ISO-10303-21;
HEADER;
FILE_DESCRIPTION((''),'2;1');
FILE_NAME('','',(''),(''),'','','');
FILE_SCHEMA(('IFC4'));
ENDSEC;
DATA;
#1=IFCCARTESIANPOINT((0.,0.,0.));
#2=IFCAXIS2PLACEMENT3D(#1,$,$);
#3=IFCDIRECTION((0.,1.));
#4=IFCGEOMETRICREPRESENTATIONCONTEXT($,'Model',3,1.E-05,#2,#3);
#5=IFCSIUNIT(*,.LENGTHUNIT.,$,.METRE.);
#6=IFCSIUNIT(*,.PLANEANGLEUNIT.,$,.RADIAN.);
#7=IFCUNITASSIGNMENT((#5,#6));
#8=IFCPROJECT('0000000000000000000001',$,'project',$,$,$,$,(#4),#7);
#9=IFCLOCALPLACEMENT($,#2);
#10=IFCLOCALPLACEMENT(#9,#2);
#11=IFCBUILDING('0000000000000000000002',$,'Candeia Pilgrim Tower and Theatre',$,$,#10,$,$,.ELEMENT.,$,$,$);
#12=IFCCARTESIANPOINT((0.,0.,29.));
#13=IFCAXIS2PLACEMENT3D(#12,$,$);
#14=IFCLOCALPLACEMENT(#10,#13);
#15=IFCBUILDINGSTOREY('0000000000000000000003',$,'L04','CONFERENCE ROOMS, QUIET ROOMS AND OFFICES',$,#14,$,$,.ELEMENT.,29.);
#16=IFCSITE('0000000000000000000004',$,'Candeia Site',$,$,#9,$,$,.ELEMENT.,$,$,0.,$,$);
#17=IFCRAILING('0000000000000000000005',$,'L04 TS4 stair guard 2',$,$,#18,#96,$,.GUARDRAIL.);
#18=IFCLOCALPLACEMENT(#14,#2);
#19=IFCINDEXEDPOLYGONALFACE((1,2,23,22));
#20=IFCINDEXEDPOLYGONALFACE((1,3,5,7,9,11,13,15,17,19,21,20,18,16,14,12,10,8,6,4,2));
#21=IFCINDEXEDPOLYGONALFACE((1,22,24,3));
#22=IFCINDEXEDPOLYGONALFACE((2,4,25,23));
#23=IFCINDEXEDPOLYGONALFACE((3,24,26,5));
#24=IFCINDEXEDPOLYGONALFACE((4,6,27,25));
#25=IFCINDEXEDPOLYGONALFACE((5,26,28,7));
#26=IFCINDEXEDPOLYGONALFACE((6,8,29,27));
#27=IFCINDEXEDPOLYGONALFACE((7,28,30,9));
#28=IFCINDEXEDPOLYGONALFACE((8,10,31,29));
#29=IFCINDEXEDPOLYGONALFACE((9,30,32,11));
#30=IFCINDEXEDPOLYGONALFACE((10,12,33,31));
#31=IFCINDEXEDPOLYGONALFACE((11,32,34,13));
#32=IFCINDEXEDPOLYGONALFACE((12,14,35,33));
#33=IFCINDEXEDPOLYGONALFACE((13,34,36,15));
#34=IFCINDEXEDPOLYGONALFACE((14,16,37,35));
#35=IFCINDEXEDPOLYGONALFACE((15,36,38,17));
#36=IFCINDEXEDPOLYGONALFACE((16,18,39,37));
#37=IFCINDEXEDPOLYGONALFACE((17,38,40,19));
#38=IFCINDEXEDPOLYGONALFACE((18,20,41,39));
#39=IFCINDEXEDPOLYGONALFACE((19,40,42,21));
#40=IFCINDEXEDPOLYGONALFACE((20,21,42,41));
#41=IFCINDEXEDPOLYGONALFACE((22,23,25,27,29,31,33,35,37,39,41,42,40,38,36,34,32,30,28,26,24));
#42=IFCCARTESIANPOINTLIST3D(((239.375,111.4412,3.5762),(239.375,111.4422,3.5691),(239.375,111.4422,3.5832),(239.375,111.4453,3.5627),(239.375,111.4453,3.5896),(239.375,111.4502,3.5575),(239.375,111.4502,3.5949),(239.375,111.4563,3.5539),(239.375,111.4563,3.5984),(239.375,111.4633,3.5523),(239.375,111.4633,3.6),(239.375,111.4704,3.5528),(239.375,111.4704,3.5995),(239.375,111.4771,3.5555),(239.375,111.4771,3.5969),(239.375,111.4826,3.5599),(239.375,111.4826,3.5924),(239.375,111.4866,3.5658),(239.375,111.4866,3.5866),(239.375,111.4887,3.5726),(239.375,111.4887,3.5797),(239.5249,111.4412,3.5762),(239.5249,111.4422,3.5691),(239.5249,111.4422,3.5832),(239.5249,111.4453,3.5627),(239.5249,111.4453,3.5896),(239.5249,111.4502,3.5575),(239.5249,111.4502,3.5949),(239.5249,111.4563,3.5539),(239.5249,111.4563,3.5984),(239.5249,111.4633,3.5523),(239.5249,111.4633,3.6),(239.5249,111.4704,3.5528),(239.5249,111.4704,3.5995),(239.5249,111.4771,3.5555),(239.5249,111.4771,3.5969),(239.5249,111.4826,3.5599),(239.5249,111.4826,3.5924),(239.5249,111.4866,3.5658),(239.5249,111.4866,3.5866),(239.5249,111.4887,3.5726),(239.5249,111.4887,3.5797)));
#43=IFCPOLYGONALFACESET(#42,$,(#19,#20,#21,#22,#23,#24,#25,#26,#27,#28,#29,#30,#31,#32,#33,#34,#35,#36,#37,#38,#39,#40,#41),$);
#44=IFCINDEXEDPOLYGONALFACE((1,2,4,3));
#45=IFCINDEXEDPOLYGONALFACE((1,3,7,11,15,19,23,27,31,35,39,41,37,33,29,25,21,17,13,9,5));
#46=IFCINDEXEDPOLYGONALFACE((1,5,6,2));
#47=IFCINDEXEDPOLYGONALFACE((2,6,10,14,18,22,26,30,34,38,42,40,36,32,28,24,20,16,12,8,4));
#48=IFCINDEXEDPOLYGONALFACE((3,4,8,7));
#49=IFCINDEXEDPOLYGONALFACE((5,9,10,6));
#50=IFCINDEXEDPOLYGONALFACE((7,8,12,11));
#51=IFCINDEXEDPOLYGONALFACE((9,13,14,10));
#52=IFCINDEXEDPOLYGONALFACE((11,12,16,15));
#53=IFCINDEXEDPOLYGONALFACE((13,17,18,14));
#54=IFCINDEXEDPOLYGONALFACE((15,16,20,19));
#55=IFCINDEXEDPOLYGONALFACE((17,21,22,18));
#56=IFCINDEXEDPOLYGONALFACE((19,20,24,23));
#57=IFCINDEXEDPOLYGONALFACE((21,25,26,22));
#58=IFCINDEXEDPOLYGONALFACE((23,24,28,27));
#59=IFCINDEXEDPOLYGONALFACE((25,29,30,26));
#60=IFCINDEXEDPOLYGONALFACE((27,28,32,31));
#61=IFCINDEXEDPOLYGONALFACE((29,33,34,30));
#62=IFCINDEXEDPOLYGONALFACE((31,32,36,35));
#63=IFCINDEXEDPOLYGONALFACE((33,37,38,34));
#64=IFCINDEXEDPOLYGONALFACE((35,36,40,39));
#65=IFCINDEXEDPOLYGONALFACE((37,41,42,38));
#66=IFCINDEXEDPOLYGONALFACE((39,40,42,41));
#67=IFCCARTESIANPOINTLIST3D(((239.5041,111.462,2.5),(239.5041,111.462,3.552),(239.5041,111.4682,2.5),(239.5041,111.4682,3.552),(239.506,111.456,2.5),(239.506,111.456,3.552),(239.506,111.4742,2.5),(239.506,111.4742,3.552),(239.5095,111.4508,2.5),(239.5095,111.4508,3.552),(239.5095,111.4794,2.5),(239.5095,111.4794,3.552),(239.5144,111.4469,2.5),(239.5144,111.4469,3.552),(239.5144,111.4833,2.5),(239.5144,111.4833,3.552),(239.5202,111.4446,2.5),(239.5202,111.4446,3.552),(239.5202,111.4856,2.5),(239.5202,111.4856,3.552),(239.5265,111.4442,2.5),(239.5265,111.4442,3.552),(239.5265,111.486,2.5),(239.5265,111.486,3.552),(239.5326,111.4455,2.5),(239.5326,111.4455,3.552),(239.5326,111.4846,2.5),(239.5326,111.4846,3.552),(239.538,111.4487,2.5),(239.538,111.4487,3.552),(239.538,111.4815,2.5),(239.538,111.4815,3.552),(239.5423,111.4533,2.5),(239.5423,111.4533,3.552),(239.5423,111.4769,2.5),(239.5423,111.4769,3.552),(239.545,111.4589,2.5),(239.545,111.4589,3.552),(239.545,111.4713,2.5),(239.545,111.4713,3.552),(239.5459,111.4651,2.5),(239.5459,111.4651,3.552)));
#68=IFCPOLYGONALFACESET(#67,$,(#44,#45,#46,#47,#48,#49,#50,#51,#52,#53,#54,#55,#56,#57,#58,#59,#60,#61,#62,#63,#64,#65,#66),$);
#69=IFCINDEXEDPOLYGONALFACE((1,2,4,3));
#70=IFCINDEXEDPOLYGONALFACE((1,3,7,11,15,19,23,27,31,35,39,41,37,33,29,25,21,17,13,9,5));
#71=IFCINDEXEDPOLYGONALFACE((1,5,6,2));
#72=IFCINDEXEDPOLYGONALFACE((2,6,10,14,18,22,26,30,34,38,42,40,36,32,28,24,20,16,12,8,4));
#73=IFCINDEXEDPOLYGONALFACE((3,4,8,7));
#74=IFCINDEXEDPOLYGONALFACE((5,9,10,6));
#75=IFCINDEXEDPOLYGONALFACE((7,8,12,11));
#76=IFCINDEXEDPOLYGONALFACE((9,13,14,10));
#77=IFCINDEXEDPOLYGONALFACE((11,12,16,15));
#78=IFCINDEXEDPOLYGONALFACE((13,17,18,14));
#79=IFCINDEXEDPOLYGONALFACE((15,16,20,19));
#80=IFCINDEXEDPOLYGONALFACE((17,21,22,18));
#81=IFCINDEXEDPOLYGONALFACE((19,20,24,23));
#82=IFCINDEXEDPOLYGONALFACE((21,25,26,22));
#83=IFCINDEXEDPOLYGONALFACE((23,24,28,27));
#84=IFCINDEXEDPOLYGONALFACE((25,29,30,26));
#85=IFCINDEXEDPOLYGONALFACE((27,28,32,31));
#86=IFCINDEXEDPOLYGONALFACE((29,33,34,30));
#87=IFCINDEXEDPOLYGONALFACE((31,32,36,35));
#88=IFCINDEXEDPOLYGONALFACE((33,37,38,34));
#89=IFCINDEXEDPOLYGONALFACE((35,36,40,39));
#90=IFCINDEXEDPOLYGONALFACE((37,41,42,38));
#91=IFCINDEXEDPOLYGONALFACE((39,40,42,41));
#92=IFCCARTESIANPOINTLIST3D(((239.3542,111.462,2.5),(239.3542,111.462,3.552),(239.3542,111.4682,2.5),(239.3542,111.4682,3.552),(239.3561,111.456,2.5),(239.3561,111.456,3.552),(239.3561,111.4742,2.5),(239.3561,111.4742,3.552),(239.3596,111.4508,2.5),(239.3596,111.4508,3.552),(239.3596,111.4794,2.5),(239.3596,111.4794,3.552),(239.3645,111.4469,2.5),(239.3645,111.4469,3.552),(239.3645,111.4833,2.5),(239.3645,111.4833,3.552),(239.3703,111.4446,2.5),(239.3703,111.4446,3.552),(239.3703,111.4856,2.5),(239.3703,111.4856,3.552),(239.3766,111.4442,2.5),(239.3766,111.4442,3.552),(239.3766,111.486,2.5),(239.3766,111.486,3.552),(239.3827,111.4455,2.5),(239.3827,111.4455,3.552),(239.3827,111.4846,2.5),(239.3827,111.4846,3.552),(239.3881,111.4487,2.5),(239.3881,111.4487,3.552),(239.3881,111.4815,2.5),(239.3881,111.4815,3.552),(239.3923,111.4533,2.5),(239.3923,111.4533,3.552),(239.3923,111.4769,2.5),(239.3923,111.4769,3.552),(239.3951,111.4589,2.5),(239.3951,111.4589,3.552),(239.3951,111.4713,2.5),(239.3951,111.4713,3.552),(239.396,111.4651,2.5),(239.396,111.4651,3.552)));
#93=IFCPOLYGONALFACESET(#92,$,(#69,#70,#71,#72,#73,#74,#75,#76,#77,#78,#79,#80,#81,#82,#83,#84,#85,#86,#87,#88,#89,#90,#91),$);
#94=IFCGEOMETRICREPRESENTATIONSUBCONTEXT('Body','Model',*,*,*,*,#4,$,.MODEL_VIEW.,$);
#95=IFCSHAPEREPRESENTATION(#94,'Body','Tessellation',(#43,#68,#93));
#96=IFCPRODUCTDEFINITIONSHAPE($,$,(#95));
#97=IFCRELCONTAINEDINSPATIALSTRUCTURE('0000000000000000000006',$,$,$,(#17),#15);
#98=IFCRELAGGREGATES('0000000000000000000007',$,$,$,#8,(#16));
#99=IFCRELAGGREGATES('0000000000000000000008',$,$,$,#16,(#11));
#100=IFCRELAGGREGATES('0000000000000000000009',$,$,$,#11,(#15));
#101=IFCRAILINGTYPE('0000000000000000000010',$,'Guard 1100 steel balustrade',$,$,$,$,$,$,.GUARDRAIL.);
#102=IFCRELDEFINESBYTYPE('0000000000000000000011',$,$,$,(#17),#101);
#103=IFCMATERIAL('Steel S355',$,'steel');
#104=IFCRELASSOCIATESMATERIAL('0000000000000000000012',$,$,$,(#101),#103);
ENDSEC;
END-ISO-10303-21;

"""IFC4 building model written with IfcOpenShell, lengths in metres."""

from ifc_helpers import new_model, si_unit, direction, frame, origin, origin_2d, place, context, subcontext, project, spatial, circle, extrude, material, type_object, element, save


model = new_model("IFC4")

# Units and contexts
model_context = context("Model", 3, precision=1e-05, world=origin(), true_north=direction((0.0, 1.0)))
body_context = subcontext(model_context, "Body", "Model", "MODEL_VIEW")
ifc_project = project(units=[si_unit("LENGTHUNIT", "METRE"), si_unit("PLANEANGLEUNIT", "RADIAN")], contexts=[model_context])

# Site, building, storey
site_placement = place(None, origin())
site = spatial("IfcSite", under=ifc_project, at=site_placement, Name="Candeia Site", CompositionType="ELEMENT", RefElevation=0.0)
building_placement = place(site_placement, origin())
building = spatial("IfcBuilding", under=site, at=building_placement, Name="Candeia Pilgrim Tower and Theatre", CompositionType="ELEMENT")
storey_placement = place(building_placement, frame((0.0, 0.0, 29.0)))
storey = spatial("IfcBuildingStorey", under=building, at=storey_placement, Name="L04", Description="CONFERENCE ROOMS, QUIET ROOMS AND OFFICES", CompositionType="ELEMENT", Elevation=29.0)

# Railing
ifc_material_1 = material(Name="Steel S355", Category="steel")
railing_type_1 = type_object("IfcRailingType", Name="Guard 1100 steel balustrade", PredefinedType="GUARDRAIL", material=ifc_material_1)
railing_1_placement = place(storey_placement, frame((239.5249, 111.4651, 2.5)))
element("IfcRailing", 1, at=railing_1_placement, inside=storey, type_object=railing_type_1, Name="L04 TS4 stair guard 2", PredefinedType="GUARDRAIL", context=body_context, shape_type="SweptSolid", body=[
    extrude(circle(Radius=0.0239, at=origin_2d()), frame((0.0, 0.0, 1.0762), z_axis=(-1.0, 0.0, 0.0), x_axis=(0.0, -1.0, 0.0)), (0.0, 0.0, 1.0), 0.1499),
    extrude(circle(Radius=0.021, at=origin_2d()), origin(), (0.0, 0.0, 1.0), 1.052),
    extrude(circle(Radius=0.021, at=origin_2d()), frame((-0.1499, 0.0, 0.0)), (0.0, 0.0, 1.0), 1.052),
])

save(model, "model.ifc")
